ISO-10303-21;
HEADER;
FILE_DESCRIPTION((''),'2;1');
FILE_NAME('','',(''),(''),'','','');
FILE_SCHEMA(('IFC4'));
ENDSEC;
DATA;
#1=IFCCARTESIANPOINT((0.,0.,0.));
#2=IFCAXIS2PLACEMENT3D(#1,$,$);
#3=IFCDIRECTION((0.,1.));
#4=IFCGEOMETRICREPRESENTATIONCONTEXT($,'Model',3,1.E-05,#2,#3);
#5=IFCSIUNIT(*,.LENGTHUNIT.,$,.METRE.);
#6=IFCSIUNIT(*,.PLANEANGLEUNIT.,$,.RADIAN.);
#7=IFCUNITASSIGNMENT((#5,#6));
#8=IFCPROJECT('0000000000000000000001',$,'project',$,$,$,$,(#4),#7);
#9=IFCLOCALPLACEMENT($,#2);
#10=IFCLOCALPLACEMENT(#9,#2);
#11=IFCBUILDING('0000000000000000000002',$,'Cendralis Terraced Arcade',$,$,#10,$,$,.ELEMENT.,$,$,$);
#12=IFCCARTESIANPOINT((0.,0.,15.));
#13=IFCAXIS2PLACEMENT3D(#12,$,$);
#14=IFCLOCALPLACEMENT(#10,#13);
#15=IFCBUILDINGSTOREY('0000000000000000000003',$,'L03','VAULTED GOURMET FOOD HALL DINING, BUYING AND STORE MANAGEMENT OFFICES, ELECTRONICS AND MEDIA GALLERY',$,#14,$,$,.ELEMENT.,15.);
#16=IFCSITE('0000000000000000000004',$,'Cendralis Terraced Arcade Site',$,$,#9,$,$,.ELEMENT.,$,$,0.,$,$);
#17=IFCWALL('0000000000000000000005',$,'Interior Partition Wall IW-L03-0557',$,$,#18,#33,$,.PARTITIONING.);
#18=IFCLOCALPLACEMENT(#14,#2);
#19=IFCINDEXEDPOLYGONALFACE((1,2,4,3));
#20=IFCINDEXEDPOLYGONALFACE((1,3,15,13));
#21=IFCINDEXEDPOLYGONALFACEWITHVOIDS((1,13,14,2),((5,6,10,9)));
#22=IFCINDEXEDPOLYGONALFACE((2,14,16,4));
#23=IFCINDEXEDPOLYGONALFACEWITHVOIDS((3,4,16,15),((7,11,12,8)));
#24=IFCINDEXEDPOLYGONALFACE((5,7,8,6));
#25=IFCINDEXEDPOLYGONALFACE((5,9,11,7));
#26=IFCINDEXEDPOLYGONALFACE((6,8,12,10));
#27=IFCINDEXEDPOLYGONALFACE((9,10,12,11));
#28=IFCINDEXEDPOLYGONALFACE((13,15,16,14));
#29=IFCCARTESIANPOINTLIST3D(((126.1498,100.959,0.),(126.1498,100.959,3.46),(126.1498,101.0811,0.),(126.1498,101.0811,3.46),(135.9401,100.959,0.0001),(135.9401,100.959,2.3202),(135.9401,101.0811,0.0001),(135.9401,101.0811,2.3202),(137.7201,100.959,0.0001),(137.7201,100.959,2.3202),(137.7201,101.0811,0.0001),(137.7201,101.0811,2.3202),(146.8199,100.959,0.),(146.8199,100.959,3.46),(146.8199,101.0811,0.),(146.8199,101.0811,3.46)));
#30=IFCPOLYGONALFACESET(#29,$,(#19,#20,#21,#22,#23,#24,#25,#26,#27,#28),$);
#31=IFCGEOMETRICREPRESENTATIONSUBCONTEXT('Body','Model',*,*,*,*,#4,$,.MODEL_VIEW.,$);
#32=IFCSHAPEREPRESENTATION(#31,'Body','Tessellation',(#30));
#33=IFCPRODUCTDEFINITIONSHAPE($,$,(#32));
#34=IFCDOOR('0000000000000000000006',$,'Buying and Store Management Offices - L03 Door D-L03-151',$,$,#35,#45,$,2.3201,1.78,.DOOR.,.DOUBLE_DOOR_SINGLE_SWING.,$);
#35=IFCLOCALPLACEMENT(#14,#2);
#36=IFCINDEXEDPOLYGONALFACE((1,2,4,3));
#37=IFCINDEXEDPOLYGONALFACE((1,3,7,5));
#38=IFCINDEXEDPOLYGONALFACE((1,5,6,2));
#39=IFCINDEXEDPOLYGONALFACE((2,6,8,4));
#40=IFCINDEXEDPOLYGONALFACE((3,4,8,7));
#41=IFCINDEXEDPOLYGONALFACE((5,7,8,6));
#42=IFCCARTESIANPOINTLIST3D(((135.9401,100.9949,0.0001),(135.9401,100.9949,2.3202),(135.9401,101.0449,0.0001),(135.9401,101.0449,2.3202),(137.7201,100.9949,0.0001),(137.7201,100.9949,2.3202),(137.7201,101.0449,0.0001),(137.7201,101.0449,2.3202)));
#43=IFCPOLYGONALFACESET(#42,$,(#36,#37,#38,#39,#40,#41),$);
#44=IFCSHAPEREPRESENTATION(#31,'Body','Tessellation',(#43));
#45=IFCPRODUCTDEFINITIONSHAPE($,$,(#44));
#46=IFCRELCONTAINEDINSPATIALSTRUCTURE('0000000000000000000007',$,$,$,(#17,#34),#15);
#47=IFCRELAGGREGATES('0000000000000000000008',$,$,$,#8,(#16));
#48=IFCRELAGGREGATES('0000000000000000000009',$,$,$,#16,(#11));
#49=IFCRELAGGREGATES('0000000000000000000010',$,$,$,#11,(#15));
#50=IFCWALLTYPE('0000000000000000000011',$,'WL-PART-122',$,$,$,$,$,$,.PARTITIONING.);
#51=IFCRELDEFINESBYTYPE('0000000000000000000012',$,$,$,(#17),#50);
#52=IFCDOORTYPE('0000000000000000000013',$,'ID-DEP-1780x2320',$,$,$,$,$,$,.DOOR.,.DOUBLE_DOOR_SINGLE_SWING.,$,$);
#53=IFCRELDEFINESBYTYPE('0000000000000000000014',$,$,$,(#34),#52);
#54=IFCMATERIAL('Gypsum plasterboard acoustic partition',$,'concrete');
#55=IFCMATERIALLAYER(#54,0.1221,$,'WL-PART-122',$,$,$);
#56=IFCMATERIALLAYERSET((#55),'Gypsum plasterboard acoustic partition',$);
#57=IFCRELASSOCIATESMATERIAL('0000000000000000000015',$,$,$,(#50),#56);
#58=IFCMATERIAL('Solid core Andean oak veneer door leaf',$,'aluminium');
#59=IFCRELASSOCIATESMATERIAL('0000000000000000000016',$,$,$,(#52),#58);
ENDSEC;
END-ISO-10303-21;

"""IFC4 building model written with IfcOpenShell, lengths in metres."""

from ifc_helpers import new_model, si_unit, direction, frame, frame_2d, origin, place, context, subcontext, project, spatial, rectangle, extrude, material, layer, layer_set, type_object, element, fill, save


model = new_model("IFC4")

# Units and contexts
model_context = context("Model", 3, precision=1e-05, world=origin(), true_north=direction((0.0, 1.0)))
body_context = subcontext(model_context, "Body", "Model", "MODEL_VIEW")
ifc_project = project(units=[si_unit("LENGTHUNIT", "METRE"), si_unit("PLANEANGLEUNIT", "RADIAN")], contexts=[model_context])

# Site, building, storey
site_placement = place(None, origin())
site = spatial("IfcSite", under=ifc_project, at=site_placement, Name="Cendralis Terraced Arcade Site", CompositionType="ELEMENT", RefElevation=0.0)
building_placement = place(site_placement, origin())
building = spatial("IfcBuilding", under=site, at=building_placement, Name="Cendralis Terraced Arcade", CompositionType="ELEMENT")
storey_placement = place(building_placement, frame((0.0, 0.0, 15.0)))
storey = spatial("IfcBuildingStorey", under=building, at=storey_placement, Name="L03", Description="VAULTED GOURMET FOOD HALL DINING, BUYING AND STORE MANAGEMENT OFFICES, ELECTRONICS AND MEDIA GALLERY", CompositionType="ELEMENT", Elevation=15.0)

# Wall, opening, door
ifc_material_1 = material(Name="Gypsum plasterboard acoustic partition", Category="concrete")
ifc_layer_1 = layer(ifc_material_1, 0.1221, Name="WL-PART-122")
ifc_layer_set_1 = layer_set([ifc_layer_1], Name="Gypsum plasterboard acoustic partition")
wall_type_1 = type_object("IfcWallType", Name="WL-PART-122", PredefinedType="PARTITIONING", material=ifc_layer_set_1)
wall_1_placement = place(storey_placement, frame((126.1499, 101.02, 0.0), z_axis=(0.0, 0.0, 1.0), x_axis=(1.0, 0.0, 0.0)))
wall_1 = element("IfcWall", 1, at=wall_1_placement, inside=storey, type_object=wall_type_1, Name="Interior Partition Wall IW-L03-0557", PredefinedType="PARTITIONING", context=body_context, shape_type="SweptSolid", body=[
    extrude(rectangle(XDim=20.6702, YDim=0.1221, at=frame_2d((10.335, 0.0))), origin(), (0.0, 0.0, 1.0), 3.46),
])
opening_1_placement = place(wall_1_placement, frame((9.79, 0.0, 0.0)))
opening_1 = element("IfcOpeningElement", 2, at=opening_1_placement, cuts=wall_1, PredefinedType="OPENING", context=body_context, shape_type="SweptSolid", body=[
    extrude(rectangle(XDim=1.78, YDim=2.3201, at=frame_2d((0.8901, 1.1602))), frame((0.0, 0.073, 0.0), z_axis=(0.0, -1.0, 0.0), x_axis=(1.0, 0.0, 0.0)), (0.0, 0.0, 1.0), 0.146),
])
ifc_material_2 = material(Name="Solid core Andean oak veneer door leaf", Category="aluminium")
door_type = type_object("IfcDoorType", Name="ID-DEP-1780x2320", OperationType="DOUBLE_DOOR_SINGLE_SWING", PredefinedType="DOOR", material=ifc_material_2)
door_placement = place(opening_1_placement, origin())
door = element("IfcDoor", 3, at=door_placement, inside=storey, type_object=door_type, Name="Buying and Store Management Offices - L03 Door D-L03-151", OperationType="DOUBLE_DOOR_SINGLE_SWING", OverallHeight=2.3201, OverallWidth=1.78, PredefinedType="DOOR", context=body_context, shape_type="SweptSolid", body=[
    extrude(rectangle(XDim=1.78, YDim=2.3201, at=frame_2d((0.8901, 1.1602))), frame((0.0, 0.0249, 0.0), z_axis=(0.0, -1.0, 0.0), x_axis=(1.0, 0.0, 0.0)), (0.0, 0.0, 1.0), 0.05),
])
fill(opening_1, door)

save(model, "model.ifc")
